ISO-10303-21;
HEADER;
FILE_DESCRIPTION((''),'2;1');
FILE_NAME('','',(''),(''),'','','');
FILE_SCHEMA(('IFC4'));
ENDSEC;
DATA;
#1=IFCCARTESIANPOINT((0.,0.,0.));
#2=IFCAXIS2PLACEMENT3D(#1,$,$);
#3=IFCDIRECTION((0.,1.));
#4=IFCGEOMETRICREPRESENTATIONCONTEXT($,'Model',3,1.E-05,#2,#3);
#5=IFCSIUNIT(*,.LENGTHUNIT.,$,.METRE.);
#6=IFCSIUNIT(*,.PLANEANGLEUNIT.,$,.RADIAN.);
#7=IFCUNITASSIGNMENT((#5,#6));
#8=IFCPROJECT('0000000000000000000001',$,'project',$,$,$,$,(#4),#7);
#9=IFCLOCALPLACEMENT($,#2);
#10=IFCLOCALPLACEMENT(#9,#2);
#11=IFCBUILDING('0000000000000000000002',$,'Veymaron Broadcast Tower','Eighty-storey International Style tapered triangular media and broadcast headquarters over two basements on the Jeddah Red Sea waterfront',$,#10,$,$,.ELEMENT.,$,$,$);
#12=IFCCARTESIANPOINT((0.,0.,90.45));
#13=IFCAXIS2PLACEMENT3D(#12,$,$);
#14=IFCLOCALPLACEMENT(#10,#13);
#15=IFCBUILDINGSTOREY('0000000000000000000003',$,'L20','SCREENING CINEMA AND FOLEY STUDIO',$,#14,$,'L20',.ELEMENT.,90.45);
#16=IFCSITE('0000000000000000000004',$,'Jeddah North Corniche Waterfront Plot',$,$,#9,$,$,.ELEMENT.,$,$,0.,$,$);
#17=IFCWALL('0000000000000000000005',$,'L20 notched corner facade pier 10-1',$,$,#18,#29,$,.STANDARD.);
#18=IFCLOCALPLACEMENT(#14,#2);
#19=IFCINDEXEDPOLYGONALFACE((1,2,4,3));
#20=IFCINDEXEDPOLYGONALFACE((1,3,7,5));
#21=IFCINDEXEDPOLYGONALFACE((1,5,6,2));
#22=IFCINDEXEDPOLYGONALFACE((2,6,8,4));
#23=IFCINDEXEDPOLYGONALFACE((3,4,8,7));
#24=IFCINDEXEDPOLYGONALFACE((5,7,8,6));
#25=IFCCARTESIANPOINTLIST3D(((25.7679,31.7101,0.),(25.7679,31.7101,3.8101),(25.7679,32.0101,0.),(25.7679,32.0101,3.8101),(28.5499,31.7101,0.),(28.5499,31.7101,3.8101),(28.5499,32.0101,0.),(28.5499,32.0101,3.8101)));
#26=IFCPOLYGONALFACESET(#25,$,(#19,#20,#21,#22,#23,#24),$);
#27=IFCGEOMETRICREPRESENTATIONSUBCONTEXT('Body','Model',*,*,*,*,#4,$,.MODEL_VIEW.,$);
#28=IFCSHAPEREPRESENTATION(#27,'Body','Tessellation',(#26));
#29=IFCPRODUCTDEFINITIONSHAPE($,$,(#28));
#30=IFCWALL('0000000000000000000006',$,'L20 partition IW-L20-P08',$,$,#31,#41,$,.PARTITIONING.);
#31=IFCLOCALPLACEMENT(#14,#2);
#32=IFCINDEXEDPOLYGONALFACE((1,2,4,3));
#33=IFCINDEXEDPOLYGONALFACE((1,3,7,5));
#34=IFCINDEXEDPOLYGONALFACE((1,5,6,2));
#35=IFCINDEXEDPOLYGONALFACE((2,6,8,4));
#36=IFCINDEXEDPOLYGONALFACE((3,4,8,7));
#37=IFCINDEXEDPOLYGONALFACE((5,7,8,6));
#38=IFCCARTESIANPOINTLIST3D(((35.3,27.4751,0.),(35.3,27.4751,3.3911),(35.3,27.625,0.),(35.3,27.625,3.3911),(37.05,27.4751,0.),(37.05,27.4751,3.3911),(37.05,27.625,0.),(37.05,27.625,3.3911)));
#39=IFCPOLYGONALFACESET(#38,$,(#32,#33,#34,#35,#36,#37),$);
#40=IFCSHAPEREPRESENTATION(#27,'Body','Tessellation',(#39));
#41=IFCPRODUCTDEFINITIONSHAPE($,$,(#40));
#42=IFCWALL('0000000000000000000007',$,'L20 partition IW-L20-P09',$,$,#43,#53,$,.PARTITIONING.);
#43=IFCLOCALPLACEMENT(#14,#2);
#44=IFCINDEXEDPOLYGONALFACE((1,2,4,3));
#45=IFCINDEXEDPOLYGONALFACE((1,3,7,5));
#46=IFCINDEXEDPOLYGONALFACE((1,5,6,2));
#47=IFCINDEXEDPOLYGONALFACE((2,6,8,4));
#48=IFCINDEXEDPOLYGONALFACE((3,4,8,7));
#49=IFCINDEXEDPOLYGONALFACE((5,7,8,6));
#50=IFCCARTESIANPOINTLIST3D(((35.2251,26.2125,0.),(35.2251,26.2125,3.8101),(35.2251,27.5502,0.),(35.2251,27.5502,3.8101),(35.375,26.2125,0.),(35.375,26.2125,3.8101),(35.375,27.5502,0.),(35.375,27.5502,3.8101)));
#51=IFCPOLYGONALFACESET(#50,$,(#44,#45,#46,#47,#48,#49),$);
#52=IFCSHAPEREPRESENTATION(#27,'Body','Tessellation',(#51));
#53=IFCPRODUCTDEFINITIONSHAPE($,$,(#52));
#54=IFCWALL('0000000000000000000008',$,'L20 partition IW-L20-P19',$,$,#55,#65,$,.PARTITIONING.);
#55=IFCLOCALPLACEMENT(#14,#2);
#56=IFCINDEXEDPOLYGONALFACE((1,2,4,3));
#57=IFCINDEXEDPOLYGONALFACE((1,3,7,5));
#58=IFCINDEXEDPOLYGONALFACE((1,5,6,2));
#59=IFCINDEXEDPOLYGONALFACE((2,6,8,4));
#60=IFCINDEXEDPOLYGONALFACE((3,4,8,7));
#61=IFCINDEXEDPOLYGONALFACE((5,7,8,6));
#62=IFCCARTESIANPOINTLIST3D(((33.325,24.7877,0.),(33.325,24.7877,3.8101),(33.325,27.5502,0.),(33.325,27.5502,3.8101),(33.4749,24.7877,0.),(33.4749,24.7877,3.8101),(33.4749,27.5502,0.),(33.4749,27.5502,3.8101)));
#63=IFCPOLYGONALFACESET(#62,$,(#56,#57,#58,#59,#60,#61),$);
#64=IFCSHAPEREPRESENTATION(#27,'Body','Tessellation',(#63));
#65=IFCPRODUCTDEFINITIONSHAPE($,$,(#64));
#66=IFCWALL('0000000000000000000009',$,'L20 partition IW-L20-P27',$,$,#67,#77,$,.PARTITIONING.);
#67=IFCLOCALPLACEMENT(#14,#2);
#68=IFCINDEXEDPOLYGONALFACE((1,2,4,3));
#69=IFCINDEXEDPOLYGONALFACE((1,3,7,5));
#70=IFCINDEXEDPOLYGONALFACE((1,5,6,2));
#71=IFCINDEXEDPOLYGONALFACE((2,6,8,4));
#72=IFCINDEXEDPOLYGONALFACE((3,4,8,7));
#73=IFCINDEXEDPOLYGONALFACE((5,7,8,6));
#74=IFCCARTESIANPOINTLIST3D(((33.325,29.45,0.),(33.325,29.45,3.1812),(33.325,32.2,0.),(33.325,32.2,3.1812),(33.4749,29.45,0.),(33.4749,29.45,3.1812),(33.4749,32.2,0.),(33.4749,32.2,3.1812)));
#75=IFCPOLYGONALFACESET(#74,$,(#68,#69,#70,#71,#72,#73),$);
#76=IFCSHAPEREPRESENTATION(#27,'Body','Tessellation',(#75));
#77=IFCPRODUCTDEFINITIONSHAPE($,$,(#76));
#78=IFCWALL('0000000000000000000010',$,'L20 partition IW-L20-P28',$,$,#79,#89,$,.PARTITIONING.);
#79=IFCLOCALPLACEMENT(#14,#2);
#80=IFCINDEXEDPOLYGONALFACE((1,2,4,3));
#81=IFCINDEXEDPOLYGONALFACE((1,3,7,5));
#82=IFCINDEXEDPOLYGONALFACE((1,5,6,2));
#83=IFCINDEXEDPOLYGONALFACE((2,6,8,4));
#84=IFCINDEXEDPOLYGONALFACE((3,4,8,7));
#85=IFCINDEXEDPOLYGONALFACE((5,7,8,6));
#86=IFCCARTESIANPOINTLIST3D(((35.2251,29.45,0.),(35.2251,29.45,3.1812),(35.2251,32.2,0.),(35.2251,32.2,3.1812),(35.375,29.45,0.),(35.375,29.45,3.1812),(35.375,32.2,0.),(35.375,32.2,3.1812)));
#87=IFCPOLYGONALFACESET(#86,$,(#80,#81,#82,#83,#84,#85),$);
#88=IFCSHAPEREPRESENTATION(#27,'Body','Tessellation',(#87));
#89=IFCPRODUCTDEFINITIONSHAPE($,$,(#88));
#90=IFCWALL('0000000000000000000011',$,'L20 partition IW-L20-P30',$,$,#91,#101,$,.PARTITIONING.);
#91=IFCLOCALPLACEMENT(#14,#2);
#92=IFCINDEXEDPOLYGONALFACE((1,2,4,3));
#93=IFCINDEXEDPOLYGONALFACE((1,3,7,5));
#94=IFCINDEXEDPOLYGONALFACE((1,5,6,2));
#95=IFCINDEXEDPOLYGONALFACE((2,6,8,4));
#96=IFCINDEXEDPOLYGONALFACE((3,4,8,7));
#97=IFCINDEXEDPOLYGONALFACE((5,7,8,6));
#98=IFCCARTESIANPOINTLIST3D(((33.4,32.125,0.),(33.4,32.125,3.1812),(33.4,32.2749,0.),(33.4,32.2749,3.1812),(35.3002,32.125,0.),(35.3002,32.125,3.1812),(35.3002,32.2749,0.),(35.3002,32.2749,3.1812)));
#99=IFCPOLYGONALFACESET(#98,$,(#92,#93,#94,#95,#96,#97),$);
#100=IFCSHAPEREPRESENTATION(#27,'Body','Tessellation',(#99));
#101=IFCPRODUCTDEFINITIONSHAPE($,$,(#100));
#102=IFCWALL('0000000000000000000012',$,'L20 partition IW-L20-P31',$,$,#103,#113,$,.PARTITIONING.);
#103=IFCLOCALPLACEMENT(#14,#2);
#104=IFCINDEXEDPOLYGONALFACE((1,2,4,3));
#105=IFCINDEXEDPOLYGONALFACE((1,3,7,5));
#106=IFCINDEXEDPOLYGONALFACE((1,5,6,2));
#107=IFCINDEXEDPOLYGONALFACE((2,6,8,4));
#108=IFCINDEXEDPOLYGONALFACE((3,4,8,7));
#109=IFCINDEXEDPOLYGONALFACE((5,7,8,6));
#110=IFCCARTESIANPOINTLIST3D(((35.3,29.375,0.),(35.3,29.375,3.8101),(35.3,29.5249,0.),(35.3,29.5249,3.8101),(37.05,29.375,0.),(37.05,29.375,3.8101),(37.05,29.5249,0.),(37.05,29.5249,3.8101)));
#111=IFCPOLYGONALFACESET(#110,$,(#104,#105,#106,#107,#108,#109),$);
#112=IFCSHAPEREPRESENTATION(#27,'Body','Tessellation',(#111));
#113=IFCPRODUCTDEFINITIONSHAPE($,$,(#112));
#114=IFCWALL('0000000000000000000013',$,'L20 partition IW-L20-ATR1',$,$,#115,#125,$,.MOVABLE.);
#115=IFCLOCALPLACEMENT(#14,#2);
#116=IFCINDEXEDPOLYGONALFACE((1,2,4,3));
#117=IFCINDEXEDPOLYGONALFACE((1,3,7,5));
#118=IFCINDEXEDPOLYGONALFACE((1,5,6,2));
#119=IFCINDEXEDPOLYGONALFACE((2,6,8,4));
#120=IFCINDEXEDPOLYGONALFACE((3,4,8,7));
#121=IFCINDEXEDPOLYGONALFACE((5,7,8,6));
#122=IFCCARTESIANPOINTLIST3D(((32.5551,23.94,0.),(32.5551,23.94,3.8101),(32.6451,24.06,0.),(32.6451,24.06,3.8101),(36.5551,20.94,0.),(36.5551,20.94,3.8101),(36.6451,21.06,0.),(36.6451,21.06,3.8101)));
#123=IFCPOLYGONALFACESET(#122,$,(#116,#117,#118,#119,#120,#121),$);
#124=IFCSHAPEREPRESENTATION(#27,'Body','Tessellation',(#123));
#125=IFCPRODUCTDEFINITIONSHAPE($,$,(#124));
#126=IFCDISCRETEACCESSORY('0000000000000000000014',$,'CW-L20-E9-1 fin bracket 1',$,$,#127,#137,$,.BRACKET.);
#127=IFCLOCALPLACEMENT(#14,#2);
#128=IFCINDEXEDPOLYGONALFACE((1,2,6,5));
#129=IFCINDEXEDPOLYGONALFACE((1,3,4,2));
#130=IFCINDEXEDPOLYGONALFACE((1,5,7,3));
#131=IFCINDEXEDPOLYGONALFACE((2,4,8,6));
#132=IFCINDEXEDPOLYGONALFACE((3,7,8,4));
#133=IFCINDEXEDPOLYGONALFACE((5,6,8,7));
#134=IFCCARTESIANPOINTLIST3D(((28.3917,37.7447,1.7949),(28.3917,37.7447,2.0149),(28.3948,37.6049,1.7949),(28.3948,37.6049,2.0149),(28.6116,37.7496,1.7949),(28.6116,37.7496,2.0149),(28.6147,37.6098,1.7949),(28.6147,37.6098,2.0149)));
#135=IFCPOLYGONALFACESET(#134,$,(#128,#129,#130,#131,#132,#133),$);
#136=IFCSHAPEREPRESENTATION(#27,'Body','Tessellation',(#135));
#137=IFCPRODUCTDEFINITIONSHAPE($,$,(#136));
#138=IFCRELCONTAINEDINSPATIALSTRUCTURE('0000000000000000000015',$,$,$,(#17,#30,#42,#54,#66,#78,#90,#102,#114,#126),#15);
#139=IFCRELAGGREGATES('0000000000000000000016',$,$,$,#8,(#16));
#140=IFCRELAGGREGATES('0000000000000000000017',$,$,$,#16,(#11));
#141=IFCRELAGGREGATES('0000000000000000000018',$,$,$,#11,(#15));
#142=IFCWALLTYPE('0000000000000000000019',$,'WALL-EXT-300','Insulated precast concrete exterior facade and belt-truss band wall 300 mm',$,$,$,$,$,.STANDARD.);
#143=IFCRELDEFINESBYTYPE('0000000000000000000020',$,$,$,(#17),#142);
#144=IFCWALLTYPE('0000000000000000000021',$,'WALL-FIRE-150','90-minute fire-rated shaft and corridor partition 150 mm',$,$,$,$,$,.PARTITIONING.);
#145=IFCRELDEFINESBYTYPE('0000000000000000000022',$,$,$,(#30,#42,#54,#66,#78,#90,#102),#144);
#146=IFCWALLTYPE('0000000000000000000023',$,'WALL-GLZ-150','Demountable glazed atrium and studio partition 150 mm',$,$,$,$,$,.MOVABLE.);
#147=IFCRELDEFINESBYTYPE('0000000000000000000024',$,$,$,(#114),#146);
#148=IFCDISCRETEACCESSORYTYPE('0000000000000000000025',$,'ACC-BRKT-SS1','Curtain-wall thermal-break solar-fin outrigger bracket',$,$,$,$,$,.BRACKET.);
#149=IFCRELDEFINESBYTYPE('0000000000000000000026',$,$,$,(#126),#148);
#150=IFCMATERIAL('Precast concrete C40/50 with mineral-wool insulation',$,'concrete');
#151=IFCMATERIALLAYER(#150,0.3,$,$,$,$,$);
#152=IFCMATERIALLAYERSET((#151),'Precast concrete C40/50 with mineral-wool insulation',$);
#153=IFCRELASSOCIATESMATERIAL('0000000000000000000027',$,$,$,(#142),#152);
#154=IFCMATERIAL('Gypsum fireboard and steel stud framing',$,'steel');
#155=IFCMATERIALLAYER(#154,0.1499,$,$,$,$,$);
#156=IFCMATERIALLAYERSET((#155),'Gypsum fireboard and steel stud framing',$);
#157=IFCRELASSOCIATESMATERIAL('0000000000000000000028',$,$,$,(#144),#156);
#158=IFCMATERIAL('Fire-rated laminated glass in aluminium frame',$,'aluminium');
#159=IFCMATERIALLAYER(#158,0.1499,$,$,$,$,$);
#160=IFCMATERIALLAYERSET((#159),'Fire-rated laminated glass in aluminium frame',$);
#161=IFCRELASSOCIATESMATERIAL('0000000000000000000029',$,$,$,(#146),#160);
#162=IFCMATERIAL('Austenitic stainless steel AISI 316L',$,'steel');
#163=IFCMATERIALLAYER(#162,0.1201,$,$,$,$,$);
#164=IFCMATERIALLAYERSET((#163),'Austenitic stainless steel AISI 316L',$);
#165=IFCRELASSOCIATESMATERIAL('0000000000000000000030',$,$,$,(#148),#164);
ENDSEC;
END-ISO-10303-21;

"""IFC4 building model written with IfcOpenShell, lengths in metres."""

from ifc_helpers import new_model, si_unit, direction, frame, frame_2d, origin, origin_2d, place, context, subcontext, project, spatial, rectangle, extrude, material, layer, layer_set, type_object, element, save


model = new_model("IFC4")

# Units and contexts
model_context = context("Model", 3, precision=1e-05, world=origin(), true_north=direction((0.0, 1.0)))
body_context = subcontext(model_context, "Body", "Model", "MODEL_VIEW")
ifc_project = project(units=[si_unit("LENGTHUNIT", "METRE"), si_unit("PLANEANGLEUNIT", "RADIAN")], contexts=[model_context])

# Site, building, storey
site_placement = place(None, origin())
site = spatial("IfcSite", under=ifc_project, at=site_placement, Name="Jeddah North Corniche Waterfront Plot", CompositionType="ELEMENT", RefElevation=0.0)
building_placement = place(site_placement, origin())
building = spatial("IfcBuilding", under=site, at=building_placement, Name="Veymaron Broadcast Tower", Description="Eighty-storey International Style tapered triangular media and broadcast headquarters over two basements on the Jeddah Red Sea waterfront", CompositionType="ELEMENT")
storey_placement = place(building_placement, frame((0.0, 0.0, 90.45)))
storey = spatial("IfcBuildingStorey", under=building, at=storey_placement, Name="L20", Description="SCREENING CINEMA AND FOLEY STUDIO", LongName="L20", CompositionType="ELEMENT", Elevation=90.45)

# Walls
ifc_material_1 = material(Name="Precast concrete C40/50 with mineral-wool insulation", Category="concrete")
ifc_layer_1 = layer(ifc_material_1, 0.3)
ifc_layer_set_1 = layer_set([ifc_layer_1], Name="Precast concrete C40/50 with mineral-wool insulation")
wall_type_1 = type_object("IfcWallType", Name="WALL-EXT-300", Description="Insulated precast concrete exterior facade and belt-truss band wall 300 mm", PredefinedType="STANDARD", material=ifc_layer_set_1)
wall_1_placement = place(storey_placement, frame((28.55, 31.8601, 0.0), z_axis=(0.0, 0.0, 1.0), x_axis=(-1.0, 0.0, 0.0)))
element("IfcWall", 1, at=wall_1_placement, inside=storey, type_object=wall_type_1, Name="L20 notched corner facade pier 10-1", PredefinedType="STANDARD", context=body_context, shape_type="SweptSolid", body=[
    extrude(rectangle(XDim=2.782, YDim=0.3, at=frame_2d((1.3911, 0.0))), origin(), (0.0, 0.0, 1.0), 3.8101),
])
ifc_material_2 = material(Name="Gypsum fireboard and steel stud framing", Category="steel")
ifc_layer_2 = layer(ifc_material_2, 0.1499)
ifc_layer_set_2 = layer_set([ifc_layer_2], Name="Gypsum fireboard and steel stud framing")
wall_type_2 = type_object("IfcWallType", Name="WALL-FIRE-150", Description="90-minute fire-rated shaft and corridor partition 150 mm", PredefinedType="PARTITIONING", material=ifc_layer_set_2)
wall_2_placement = place(storey_placement, frame((35.3, 27.55, 0.0), z_axis=(0.0, 0.0, 1.0), x_axis=(1.0, 0.0, 0.0)))
element("IfcWall", 2, at=wall_2_placement, inside=storey, type_object=wall_type_2, Name="L20 partition IW-L20-P08", PredefinedType="PARTITIONING", context=body_context, shape_type="SweptSolid", body=[
    extrude(rectangle(XDim=1.75, YDim=0.1499, at=frame_2d((0.875, 0.0))), origin(), (0.0, 0.0, 1.0), 3.3911),
])
wall_3_placement = place(storey_placement, frame((35.3, 26.2124, 0.0), z_axis=(0.0, 0.0, 1.0), x_axis=(0.0, 1.0, 0.0)))
element("IfcWall", 3, at=wall_3_placement, inside=storey, type_object=wall_type_2, Name="L20 partition IW-L20-P09", PredefinedType="PARTITIONING", context=body_context, shape_type="SweptSolid", body=[
    extrude(rectangle(XDim=1.3376, YDim=0.1499, at=frame_2d((0.6689, 0.0))), origin(), (0.0, 0.0, 1.0), 3.8101),
])
wall_4_placement = place(storey_placement, frame((33.3999, 24.7876, 0.0), z_axis=(0.0, 0.0, 1.0), x_axis=(0.0, 1.0, 0.0)))
element("IfcWall", 4, at=wall_4_placement, inside=storey, type_object=wall_type_2, Name="L20 partition IW-L20-P19", PredefinedType="PARTITIONING", context=body_context, shape_type="SweptSolid", body=[
    extrude(rectangle(XDim=2.7625, YDim=0.1499, at=frame_2d((1.3813, 0.0))), origin(), (0.0, 0.0, 1.0), 3.8101),
])
for number, where, z_axis, x_axis, name in (
    (5, (33.3999, 29.45, 0.0), (0.0, 0.0, 1.0), (0.0, 1.0, 0.0), "L20 partition IW-L20-P27"),
    (6, (35.3, 29.45, 0.0), (0.0, 0.0, 1.0), (0.0, 1.0, 0.0), "L20 partition IW-L20-P28"),
):
    element("IfcWall", number, at=place(storey_placement, frame(where, z_axis=z_axis, x_axis=x_axis)), inside=storey, type_object=wall_type_2, Name=name, PredefinedType="PARTITIONING", context=body_context, shape_type="SweptSolid", body=[
        extrude(rectangle(XDim=2.75, YDim=0.1499, at=frame_2d((1.375, 0.0))), origin(), (0.0, 0.0, 1.0), 3.1812),
    ])
wall_5_placement = place(storey_placement, frame((33.3999, 32.2, 0.0), z_axis=(0.0, 0.0, 1.0), x_axis=(1.0, 0.0, 0.0)))
element("IfcWall", 7, at=wall_5_placement, inside=storey, type_object=wall_type_2, Name="L20 partition IW-L20-P30", PredefinedType="PARTITIONING", context=body_context, shape_type="SweptSolid", body=[
    extrude(rectangle(XDim=1.9001, YDim=0.1499, at=frame_2d((0.9502, 0.0))), origin(), (0.0, 0.0, 1.0), 3.1812),
])
wall_6_placement = place(storey_placement, frame((35.3, 29.45, 0.0), z_axis=(0.0, 0.0, 1.0), x_axis=(1.0, 0.0, 0.0)))
element("IfcWall", 8, at=wall_6_placement, inside=storey, type_object=wall_type_2, Name="L20 partition IW-L20-P31", PredefinedType="PARTITIONING", context=body_context, shape_type="SweptSolid", body=[
    extrude(rectangle(XDim=1.75, YDim=0.1499, at=frame_2d((0.875, 0.0))), origin(), (0.0, 0.0, 1.0), 3.8101),
])
ifc_material_3 = material(Name="Fire-rated laminated glass in aluminium frame", Category="aluminium")
ifc_layer_3 = layer(ifc_material_3, 0.1499)
ifc_layer_set_3 = layer_set([ifc_layer_3], Name="Fire-rated laminated glass in aluminium frame")
wall_type_3 = type_object("IfcWallType", Name="WALL-GLZ-150", Description="Demountable glazed atrium and studio partition 150 mm", PredefinedType="MOVABLE", material=ifc_layer_set_3)
wall_7_placement = place(storey_placement, frame((32.6001, 24.0, 0.0), z_axis=(0.0, 0.0, 1.0), x_axis=(0.8, -0.6, 0.0)))
element("IfcWall", 9, at=wall_7_placement, inside=storey, type_object=wall_type_3, Name="L20 partition IW-L20-ATR1", PredefinedType="MOVABLE", context=body_context, shape_type="SweptSolid", body=[
    extrude(rectangle(XDim=5.0, YDim=0.1499, at=frame_2d((2.5, 0.0))), origin(), (0.0, 0.0, 1.0), 3.8101),
])

# Discrete accessory
ifc_material_4 = material(Name="Austenitic stainless steel AISI 316L", Category="steel")
ifc_layer_4 = layer(ifc_material_4, 0.1201)
ifc_layer_set_4 = layer_set([ifc_layer_4], Name="Austenitic stainless steel AISI 316L")
discrete_accessory_type = type_object("IfcDiscreteAccessoryType", Name="ACC-BRKT-SS1", Description="Curtain-wall thermal-break solar-fin outrigger bracket", PredefinedType="BRACKET", material=ifc_layer_set_4)
discrete_accessory_placement = place(storey_placement, frame((28.5032, 37.6772, 1.7949), z_axis=(0.0, 0.0, 1.0), x_axis=(-0.99975, -0.022356, 0.0)))
element("IfcDiscreteAccessory", 10, at=discrete_accessory_placement, inside=storey, type_object=discrete_accessory_type, Name="CW-L20-E9-1 fin bracket 1", PredefinedType="BRACKET", context=body_context, shape_type="SweptSolid", body=[
    extrude(rectangle(XDim=0.22, YDim=0.1399, at=origin_2d()), origin(), (0.0, 0.0, 1.0), 0.22),
])

save(model, "model.ifc")
